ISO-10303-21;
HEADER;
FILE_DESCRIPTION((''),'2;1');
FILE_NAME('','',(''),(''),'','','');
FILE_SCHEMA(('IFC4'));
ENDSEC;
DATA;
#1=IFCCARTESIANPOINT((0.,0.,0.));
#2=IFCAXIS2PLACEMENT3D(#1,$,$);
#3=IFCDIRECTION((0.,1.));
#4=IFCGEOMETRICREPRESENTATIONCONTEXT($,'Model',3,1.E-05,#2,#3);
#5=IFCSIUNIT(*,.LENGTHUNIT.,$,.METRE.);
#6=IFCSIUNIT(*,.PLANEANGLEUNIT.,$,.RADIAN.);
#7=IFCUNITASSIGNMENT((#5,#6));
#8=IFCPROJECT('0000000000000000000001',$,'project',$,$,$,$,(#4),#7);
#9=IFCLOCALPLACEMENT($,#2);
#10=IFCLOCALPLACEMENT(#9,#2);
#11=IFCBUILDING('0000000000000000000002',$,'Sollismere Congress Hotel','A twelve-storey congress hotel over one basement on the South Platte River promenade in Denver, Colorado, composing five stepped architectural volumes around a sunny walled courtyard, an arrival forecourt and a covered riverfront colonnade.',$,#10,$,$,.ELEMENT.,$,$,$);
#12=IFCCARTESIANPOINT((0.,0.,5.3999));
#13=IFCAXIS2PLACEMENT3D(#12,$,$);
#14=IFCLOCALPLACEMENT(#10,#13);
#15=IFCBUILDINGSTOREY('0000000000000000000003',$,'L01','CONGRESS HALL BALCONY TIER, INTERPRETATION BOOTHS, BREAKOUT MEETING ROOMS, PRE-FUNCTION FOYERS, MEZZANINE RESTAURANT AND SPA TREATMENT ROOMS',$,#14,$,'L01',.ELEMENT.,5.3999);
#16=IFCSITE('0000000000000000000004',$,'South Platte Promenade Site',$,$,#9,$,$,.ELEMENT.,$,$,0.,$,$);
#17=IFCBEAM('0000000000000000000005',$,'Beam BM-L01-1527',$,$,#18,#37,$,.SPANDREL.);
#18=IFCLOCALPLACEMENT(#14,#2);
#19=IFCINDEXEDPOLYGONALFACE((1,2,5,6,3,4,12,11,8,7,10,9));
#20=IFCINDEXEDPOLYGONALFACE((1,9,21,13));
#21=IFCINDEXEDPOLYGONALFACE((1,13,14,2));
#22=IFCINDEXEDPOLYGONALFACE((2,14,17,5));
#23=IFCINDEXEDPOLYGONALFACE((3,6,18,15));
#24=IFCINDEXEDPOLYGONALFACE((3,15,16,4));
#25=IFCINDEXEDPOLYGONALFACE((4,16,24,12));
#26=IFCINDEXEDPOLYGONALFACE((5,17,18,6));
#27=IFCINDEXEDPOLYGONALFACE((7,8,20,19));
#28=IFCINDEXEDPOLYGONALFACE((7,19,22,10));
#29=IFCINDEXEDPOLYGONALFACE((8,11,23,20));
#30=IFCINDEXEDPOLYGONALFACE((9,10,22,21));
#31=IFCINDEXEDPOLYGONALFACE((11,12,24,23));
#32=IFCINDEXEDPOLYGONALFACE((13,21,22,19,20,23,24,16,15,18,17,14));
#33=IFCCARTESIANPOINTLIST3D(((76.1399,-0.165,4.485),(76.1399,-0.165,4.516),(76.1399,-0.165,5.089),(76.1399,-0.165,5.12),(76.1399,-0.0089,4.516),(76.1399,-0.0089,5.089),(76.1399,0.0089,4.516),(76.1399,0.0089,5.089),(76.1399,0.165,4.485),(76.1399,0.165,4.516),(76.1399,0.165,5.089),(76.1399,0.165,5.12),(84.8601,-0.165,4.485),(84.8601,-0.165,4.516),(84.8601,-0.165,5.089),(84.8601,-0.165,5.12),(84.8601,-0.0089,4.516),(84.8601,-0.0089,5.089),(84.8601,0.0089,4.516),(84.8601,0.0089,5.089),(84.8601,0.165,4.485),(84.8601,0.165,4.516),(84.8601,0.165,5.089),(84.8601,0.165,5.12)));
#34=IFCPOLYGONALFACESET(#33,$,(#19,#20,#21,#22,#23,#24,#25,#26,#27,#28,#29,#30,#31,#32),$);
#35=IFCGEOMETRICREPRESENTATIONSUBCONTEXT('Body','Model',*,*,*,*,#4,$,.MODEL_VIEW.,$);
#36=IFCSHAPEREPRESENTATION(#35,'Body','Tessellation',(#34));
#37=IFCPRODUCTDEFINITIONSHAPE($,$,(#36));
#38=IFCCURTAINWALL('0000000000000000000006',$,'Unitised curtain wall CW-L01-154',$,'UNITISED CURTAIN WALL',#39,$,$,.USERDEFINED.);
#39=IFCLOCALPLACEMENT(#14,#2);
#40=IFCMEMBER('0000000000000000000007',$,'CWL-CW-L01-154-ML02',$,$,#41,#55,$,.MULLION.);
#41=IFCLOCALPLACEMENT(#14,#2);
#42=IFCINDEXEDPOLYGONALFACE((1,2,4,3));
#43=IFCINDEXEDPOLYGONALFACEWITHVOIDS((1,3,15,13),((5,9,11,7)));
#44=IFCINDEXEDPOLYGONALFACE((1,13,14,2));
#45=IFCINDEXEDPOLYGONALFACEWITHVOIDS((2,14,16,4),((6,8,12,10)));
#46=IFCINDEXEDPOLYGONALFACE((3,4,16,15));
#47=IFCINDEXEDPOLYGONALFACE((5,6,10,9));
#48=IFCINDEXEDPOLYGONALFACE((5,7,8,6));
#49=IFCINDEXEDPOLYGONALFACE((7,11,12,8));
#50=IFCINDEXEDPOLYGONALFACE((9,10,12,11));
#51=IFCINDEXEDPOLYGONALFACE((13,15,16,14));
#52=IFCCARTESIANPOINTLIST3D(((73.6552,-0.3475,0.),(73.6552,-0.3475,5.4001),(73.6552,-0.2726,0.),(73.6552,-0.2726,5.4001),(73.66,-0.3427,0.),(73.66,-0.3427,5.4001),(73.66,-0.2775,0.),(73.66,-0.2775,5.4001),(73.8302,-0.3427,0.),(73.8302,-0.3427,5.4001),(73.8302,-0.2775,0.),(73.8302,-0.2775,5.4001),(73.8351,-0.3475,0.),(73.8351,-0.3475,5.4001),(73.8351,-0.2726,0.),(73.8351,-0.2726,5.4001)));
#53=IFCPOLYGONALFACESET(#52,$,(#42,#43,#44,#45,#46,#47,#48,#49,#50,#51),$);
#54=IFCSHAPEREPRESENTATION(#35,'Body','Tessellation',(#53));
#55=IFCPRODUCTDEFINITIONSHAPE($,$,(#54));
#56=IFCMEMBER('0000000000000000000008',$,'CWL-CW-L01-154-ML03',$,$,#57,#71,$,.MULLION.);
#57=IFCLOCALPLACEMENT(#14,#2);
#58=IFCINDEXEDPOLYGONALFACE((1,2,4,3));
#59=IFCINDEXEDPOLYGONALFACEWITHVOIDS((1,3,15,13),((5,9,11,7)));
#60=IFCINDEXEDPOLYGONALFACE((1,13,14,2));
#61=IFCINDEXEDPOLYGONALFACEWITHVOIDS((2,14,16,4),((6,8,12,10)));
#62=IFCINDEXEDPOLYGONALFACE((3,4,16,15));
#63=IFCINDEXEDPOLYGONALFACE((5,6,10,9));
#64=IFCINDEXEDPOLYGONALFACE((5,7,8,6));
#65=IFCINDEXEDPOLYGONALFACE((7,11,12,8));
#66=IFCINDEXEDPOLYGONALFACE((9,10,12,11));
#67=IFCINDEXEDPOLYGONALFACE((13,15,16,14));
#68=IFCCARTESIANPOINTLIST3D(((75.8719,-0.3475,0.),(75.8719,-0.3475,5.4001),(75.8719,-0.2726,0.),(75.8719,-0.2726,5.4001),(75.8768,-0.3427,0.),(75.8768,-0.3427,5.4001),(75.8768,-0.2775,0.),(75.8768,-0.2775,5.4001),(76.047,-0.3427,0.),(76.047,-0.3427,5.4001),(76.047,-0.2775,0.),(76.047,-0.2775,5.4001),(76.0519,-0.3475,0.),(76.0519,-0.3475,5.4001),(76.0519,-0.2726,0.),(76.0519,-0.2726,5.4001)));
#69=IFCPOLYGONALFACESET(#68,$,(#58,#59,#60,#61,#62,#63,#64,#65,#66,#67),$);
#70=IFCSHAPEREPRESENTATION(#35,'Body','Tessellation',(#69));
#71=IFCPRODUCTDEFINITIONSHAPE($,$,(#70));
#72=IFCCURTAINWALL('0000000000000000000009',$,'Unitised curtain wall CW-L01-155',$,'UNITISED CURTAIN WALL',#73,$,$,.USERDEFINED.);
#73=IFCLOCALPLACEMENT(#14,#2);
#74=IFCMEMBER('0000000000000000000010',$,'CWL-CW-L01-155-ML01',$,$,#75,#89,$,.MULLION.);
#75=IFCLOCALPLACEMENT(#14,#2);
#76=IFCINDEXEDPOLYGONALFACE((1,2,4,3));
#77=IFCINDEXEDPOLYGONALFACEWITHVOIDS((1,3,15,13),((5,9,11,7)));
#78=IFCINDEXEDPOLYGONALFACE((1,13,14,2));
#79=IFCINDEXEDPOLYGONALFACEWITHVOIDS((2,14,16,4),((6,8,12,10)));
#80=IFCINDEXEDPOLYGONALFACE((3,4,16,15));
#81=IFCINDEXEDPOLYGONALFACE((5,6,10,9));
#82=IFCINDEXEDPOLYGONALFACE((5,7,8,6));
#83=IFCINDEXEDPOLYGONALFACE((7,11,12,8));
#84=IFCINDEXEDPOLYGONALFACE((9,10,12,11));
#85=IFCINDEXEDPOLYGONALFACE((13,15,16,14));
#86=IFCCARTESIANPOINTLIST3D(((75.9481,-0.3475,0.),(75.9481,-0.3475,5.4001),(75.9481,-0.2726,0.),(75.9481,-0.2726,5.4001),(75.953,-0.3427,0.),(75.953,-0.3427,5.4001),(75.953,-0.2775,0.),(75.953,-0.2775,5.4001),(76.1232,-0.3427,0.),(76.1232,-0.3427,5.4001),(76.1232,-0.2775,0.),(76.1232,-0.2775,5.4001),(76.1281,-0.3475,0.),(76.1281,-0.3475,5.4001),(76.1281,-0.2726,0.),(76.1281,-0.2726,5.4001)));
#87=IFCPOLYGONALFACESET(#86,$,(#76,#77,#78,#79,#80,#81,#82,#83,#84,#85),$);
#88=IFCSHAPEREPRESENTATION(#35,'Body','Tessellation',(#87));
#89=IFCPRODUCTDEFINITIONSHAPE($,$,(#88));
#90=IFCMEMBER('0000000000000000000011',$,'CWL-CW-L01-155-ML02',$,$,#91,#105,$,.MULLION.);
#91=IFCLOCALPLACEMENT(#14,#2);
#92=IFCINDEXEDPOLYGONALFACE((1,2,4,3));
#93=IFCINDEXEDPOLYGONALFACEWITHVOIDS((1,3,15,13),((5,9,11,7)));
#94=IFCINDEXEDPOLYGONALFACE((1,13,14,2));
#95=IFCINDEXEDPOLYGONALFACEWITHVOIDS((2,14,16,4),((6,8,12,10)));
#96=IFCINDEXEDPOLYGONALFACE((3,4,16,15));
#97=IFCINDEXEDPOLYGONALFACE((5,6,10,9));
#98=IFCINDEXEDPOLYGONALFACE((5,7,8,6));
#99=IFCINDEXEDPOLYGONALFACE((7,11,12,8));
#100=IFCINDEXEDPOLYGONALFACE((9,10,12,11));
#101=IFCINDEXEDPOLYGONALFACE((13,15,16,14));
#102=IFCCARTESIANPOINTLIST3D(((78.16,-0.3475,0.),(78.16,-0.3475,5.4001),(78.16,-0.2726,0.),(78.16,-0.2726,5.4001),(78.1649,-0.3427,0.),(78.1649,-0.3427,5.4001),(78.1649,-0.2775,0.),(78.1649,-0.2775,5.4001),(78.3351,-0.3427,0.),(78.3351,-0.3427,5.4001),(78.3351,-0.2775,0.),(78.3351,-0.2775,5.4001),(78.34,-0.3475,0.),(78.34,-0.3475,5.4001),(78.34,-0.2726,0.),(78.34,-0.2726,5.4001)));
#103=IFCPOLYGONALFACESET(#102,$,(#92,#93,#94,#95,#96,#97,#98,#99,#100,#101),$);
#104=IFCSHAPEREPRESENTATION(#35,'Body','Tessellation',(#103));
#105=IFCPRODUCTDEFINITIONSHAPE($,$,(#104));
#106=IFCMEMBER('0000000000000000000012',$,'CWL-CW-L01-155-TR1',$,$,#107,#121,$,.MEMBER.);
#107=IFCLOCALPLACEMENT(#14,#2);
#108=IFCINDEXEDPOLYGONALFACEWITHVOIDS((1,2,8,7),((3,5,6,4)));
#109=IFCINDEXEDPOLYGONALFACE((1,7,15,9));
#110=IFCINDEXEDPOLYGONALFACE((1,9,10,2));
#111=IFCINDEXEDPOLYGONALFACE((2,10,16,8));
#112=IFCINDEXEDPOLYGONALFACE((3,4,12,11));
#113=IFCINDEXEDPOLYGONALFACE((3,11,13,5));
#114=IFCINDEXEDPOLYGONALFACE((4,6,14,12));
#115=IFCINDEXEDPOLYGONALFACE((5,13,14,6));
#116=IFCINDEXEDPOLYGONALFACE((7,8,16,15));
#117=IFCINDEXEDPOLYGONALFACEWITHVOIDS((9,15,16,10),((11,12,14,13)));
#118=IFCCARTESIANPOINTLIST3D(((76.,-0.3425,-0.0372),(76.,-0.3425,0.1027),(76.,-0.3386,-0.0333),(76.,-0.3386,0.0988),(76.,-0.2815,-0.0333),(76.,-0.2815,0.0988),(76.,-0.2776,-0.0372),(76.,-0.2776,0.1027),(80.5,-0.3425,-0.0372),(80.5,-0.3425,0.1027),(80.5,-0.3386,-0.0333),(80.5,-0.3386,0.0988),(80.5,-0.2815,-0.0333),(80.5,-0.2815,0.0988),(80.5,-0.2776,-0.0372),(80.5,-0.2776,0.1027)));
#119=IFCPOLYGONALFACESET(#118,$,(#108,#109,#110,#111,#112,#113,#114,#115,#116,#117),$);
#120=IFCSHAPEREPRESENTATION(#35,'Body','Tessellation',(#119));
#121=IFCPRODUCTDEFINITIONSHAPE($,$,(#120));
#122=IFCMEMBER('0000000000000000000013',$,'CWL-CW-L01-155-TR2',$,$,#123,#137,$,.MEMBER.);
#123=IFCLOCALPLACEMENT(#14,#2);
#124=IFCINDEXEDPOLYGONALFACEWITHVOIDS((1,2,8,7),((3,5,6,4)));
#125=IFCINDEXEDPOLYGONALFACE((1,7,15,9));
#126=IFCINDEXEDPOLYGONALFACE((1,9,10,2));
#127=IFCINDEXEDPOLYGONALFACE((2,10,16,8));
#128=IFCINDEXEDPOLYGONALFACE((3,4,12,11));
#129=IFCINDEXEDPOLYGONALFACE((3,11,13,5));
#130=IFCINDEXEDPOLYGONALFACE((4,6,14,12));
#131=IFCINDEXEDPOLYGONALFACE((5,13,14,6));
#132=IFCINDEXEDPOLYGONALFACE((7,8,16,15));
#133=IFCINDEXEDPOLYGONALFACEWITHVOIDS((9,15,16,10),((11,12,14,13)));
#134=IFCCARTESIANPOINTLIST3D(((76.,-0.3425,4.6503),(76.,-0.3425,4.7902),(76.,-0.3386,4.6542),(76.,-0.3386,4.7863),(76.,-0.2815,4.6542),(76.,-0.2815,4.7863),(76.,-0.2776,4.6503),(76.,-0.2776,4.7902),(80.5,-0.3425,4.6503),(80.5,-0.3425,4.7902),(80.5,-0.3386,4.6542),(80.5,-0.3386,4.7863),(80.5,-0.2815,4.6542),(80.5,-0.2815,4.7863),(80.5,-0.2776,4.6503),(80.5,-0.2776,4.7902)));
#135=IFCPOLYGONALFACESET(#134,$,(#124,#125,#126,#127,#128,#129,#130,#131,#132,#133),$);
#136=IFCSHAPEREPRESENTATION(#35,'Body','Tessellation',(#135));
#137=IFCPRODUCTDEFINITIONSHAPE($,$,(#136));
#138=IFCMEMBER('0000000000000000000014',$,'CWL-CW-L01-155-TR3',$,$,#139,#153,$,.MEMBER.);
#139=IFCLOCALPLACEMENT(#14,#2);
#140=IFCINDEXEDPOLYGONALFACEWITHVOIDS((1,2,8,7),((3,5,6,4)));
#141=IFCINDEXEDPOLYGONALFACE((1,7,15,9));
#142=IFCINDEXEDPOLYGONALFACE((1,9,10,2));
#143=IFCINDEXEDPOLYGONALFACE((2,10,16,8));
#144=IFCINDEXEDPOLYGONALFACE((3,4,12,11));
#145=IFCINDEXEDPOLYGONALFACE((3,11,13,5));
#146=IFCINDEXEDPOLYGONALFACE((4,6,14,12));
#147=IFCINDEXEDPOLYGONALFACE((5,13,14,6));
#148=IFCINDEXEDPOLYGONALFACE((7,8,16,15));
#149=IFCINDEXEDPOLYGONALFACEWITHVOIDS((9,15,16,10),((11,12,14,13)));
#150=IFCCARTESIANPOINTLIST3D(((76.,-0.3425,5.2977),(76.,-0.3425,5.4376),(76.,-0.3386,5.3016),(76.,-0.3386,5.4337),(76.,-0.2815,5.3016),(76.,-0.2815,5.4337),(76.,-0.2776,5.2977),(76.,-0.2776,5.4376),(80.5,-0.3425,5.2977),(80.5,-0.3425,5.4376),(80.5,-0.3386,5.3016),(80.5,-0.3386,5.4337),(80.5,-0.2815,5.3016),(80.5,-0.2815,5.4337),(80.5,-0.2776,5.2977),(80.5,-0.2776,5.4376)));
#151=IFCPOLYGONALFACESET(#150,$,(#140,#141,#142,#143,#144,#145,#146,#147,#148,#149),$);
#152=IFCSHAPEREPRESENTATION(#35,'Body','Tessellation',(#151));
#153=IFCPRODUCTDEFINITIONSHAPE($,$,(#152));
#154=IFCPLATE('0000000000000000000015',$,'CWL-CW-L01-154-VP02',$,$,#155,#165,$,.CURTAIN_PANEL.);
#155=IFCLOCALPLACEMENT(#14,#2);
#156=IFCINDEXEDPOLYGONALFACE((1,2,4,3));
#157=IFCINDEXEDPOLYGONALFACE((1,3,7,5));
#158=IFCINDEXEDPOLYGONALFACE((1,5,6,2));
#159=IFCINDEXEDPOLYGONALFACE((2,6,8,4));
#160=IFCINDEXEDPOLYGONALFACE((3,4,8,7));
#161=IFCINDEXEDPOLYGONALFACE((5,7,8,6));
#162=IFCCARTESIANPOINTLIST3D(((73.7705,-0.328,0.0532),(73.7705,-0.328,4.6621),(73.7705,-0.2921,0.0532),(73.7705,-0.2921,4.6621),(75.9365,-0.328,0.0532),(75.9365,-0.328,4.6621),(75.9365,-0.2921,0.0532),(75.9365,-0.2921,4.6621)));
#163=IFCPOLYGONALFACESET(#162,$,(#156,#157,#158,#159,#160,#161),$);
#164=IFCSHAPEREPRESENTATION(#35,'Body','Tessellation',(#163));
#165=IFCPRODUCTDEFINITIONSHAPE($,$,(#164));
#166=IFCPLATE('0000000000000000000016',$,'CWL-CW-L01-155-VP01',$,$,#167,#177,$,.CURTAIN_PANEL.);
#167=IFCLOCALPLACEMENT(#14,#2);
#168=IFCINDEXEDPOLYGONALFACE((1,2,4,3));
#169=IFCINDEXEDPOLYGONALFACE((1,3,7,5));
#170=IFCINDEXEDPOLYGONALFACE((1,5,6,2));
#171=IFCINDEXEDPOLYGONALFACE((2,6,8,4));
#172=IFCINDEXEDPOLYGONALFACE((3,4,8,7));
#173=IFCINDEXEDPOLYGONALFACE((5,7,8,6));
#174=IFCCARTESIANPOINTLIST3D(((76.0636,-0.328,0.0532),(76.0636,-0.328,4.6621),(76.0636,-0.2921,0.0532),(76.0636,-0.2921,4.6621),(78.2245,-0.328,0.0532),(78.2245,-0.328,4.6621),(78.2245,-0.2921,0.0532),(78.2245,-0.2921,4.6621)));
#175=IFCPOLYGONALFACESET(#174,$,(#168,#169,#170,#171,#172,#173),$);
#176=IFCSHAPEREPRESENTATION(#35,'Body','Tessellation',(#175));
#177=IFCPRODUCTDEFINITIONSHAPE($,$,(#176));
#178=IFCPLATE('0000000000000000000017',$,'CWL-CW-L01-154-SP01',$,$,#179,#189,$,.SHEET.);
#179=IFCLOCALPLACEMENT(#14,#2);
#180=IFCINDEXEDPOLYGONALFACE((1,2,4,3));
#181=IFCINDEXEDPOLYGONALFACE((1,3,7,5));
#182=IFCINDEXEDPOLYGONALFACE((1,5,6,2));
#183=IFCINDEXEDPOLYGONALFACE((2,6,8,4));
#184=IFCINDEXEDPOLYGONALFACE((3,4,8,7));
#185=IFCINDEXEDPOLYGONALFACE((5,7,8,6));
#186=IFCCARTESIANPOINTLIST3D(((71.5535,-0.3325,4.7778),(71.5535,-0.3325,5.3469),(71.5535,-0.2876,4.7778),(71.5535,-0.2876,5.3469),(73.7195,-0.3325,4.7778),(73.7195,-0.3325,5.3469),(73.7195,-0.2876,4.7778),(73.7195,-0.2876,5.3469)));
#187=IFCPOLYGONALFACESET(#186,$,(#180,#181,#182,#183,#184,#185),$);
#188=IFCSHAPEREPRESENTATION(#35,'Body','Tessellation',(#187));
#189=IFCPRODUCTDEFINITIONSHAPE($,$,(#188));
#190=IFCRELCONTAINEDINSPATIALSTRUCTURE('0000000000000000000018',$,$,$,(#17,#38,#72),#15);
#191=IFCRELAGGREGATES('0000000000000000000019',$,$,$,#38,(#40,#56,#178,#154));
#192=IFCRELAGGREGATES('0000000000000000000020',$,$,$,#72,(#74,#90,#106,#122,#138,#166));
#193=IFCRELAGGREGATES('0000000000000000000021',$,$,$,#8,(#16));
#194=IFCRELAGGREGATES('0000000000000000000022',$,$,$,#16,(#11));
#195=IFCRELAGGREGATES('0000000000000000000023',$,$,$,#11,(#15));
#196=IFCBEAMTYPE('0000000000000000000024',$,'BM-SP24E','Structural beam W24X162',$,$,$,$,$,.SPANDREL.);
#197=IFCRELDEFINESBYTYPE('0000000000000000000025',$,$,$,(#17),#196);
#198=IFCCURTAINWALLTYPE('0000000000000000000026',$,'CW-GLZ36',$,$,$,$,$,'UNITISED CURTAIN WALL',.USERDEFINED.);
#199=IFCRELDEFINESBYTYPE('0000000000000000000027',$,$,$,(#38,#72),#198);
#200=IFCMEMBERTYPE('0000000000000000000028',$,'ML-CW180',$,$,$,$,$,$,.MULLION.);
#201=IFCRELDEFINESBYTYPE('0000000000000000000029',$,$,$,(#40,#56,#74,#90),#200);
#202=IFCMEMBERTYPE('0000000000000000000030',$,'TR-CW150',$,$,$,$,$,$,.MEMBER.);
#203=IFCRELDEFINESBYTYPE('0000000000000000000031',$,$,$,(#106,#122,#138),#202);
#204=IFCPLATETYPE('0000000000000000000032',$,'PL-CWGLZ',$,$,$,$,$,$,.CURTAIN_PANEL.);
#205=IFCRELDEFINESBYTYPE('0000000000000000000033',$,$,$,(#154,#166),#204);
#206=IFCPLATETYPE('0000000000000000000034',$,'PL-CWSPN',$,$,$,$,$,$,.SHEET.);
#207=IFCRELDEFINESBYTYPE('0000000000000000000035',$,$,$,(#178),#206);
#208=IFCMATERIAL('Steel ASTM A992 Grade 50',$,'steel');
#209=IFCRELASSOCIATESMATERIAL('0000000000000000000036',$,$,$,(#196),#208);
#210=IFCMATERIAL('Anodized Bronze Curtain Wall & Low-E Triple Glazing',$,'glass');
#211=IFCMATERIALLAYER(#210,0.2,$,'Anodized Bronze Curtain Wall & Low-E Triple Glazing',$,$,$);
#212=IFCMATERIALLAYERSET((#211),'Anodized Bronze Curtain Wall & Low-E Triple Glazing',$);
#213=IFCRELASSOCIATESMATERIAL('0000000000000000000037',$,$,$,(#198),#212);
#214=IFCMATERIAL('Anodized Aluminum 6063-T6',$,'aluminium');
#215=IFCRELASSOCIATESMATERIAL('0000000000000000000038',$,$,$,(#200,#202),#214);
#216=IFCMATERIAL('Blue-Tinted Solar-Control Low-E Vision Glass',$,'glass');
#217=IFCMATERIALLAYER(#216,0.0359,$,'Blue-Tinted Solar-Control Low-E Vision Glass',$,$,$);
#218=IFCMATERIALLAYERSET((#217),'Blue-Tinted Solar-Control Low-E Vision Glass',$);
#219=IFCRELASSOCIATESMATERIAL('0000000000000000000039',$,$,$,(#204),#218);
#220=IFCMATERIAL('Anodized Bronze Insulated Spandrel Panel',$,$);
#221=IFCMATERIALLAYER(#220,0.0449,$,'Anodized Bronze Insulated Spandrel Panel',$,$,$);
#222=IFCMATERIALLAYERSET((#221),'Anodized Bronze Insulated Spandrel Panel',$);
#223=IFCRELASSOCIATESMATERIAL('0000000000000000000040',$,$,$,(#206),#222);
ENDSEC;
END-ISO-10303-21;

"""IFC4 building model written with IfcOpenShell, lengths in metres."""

from ifc_helpers import new_model, si_unit, direction, frame, origin, origin_2d, place, context, subcontext, project, spatial, rectangle, hollow_rectangle, i_section, extrude, material, layer, layer_set, material_profile, profile_set, type_object, element, aggregate, save


model = new_model("IFC4")

# Units and contexts
model_context = context("Model", 3, precision=1e-05, world=origin(), true_north=direction((0.0, 1.0)))
body_context = subcontext(model_context, "Body", "Model", "MODEL_VIEW")
ifc_project = project(units=[si_unit("LENGTHUNIT", "METRE"), si_unit("PLANEANGLEUNIT", "RADIAN")], contexts=[model_context])

# Site, building, storey
site_placement = place(None, origin())
site = spatial("IfcSite", under=ifc_project, at=site_placement, Name="South Platte Promenade Site", CompositionType="ELEMENT", RefElevation=0.0)
building_placement = place(site_placement, origin())
building = spatial("IfcBuilding", under=site, at=building_placement, Name="Sollismere Congress Hotel", Description="A twelve-storey congress hotel over one basement on the South Platte River promenade in Denver, Colorado, composing five stepped architectural volumes around a sunny walled courtyard, an arrival forecourt and a covered riverfront colonnade.", CompositionType="ELEMENT")
storey_placement = place(building_placement, frame((0.0, 0.0, 5.3999)))
storey = spatial("IfcBuildingStorey", under=building, at=storey_placement, Name="L01", Description="CONGRESS HALL BALCONY TIER, INTERPRETATION BOOTHS, BREAKOUT MEETING ROOMS, PRE-FUNCTION FOYERS, MEZZANINE RESTAURANT AND SPA TREATMENT ROOMS", LongName="L01", CompositionType="ELEMENT", Elevation=5.3999)

# Shared definitions
ifc_material_1 = material(Name="Steel ASTM A992 Grade 50", Category="steel")

# Beam
ifc_material_profile_1 = material_profile(ifc_material_1, i_section(OverallWidth=0.3301, OverallDepth=0.635, WebThickness=0.0178, FlangeThickness=0.031, at=origin_2d()), Name="W24X162")
ifc_profile_set_1 = profile_set([ifc_material_profile_1], Name="Steel ASTM A992 Grade 50")
beam_type_1 = type_object("IfcBeamType", Name="BM-SP24E", Description="Structural beam W24X162", PredefinedType="SPANDREL", material=ifc_profile_set_1)
beam_1_placement = place(storey_placement, frame((76.1399, 0.0, 4.8025), z_axis=(1.0, 0.0, 0.0), x_axis=(0.0, 1.0, 0.0)))
element("IfcBeam", 1, at=beam_1_placement, inside=storey, type_object=beam_type_1, Name="Beam BM-L01-1527", PredefinedType="SPANDREL", context=body_context, shape_type="SweptSolid", body=[
    extrude(i_section(OverallWidth=0.3301, OverallDepth=0.635, WebThickness=0.0178, FlangeThickness=0.031, at=origin_2d()), origin(), (0.0, 0.0, 1.0), 8.7202),
])

# Curtain walls, members
ifc_material_2 = material(Name="Anodized Bronze Curtain Wall & Low-E Triple Glazing", Category="glass")
ifc_layer_1 = layer(ifc_material_2, 0.2, Name="Anodized Bronze Curtain Wall & Low-E Triple Glazing")
ifc_layer_set_1 = layer_set([ifc_layer_1], Name="Anodized Bronze Curtain Wall & Low-E Triple Glazing")
curtain_wall_type = type_object("IfcCurtainWallType", Name="CW-GLZ36", ElementType="UNITISED CURTAIN WALL", PredefinedType="USERDEFINED", material=ifc_layer_set_1)
curtain_wall_1_placement = place(storey_placement, origin())
curtain_wall_1 = element("IfcCurtainWall", 2, at=curtain_wall_1_placement, inside=storey, type_object=curtain_wall_type, Name="Unitised curtain wall CW-L01-154", ObjectType="UNITISED CURTAIN WALL", PredefinedType="USERDEFINED")
ifc_material_3 = material(Name="Anodized Aluminum 6063-T6", Category="aluminium")
ifc_material_profile_2 = material_profile(ifc_material_3, hollow_rectangle(XDim=0.075, YDim=0.1799, WallThickness=0.0049, at=origin_2d()), Name="ALU180X75X5")
ifc_profile_set_2 = profile_set([ifc_material_profile_2], Name="Anodized Aluminum 6063-T6")
member_type_1 = type_object("IfcMemberType", Name="ML-CW180", PredefinedType="MULLION", material=ifc_profile_set_2)
member_1_placement = place(storey_placement, frame((73.7451, -0.3101, 0.0), z_axis=(0.0, 0.0, 1.0), x_axis=(0.0, 1.0, 0.0)))
member_1 = element("IfcMember", 3, at=member_1_placement, type_object=member_type_1, Name="CWL-CW-L01-154-ML02", PredefinedType="MULLION", context=body_context, shape_type="SweptSolid", body=[
    extrude(hollow_rectangle(XDim=0.075, YDim=0.1799, WallThickness=0.0049, at=origin_2d()), origin(), (0.0, 0.0, 1.0), 5.4001),
])
member_2_placement = place(storey_placement, frame((75.9619, -0.3101, 0.0), z_axis=(0.0, 0.0, 1.0), x_axis=(0.0, 1.0, 0.0)))
member_2 = element("IfcMember", 4, at=member_2_placement, type_object=member_type_1, Name="CWL-CW-L01-154-ML03", PredefinedType="MULLION", context=body_context, shape_type="SweptSolid", body=[
    extrude(hollow_rectangle(XDim=0.075, YDim=0.1799, WallThickness=0.0049, at=origin_2d()), origin(), (0.0, 0.0, 1.0), 5.4001),
])
curtain_wall_2_placement = place(storey_placement, origin())
curtain_wall_2 = element("IfcCurtainWall", 5, at=curtain_wall_2_placement, inside=storey, type_object=curtain_wall_type, Name="Unitised curtain wall CW-L01-155", ObjectType="UNITISED CURTAIN WALL", PredefinedType="USERDEFINED")
member_3_placement = place(storey_placement, frame((76.0381, -0.3101, 0.0), z_axis=(0.0, 0.0, 1.0), x_axis=(0.0, 1.0, 0.0)))
member_3 = element("IfcMember", 6, at=member_3_placement, type_object=member_type_1, Name="CWL-CW-L01-155-ML01", PredefinedType="MULLION", context=body_context, shape_type="SweptSolid", body=[
    extrude(hollow_rectangle(XDim=0.075, YDim=0.1799, WallThickness=0.0049, at=origin_2d()), origin(), (0.0, 0.0, 1.0), 5.4001),
])
member_4_placement = place(storey_placement, frame((78.25, -0.3101, 0.0), z_axis=(0.0, 0.0, 1.0), x_axis=(0.0, 1.0, 0.0)))
member_4 = element("IfcMember", 7, at=member_4_placement, type_object=member_type_1, Name="CWL-CW-L01-155-ML02", PredefinedType="MULLION", context=body_context, shape_type="SweptSolid", body=[
    extrude(hollow_rectangle(XDim=0.075, YDim=0.1799, WallThickness=0.0049, at=origin_2d()), origin(), (0.0, 0.0, 1.0), 5.4001),
])
ifc_material_profile_3 = material_profile(ifc_material_3, hollow_rectangle(XDim=0.0649, YDim=0.1399, WallThickness=0.0039, at=origin_2d()), Name="ALU140X65X4")
ifc_profile_set_3 = profile_set([ifc_material_profile_3], Name="Anodized Aluminum 6063-T6")
member_type_2 = type_object("IfcMemberType", Name="TR-CW150", PredefinedType="MEMBER", material=ifc_profile_set_3)
member_5_placement = place(storey_placement, frame((76.0, -0.3101, 0.0327), z_axis=(1.0, 0.0, 0.0), x_axis=(0.0, 1.0, 0.0)))
member_5 = element("IfcMember", 8, at=member_5_placement, type_object=member_type_2, Name="CWL-CW-L01-155-TR1", PredefinedType="MEMBER", context=body_context, shape_type="SweptSolid", body=[
    extrude(hollow_rectangle(XDim=0.0649, YDim=0.1399, WallThickness=0.0039, at=origin_2d()), origin(), (0.0, 0.0, 1.0), 4.5),
])
member_6_placement = place(storey_placement, frame((76.0, -0.3101, 4.7202), z_axis=(1.0, 0.0, 0.0), x_axis=(0.0, 1.0, 0.0)))
member_6 = element("IfcMember", 9, at=member_6_placement, type_object=member_type_2, Name="CWL-CW-L01-155-TR2", PredefinedType="MEMBER", context=body_context, shape_type="SweptSolid", body=[
    extrude(hollow_rectangle(XDim=0.0649, YDim=0.1399, WallThickness=0.0039, at=origin_2d()), origin(), (0.0, 0.0, 1.0), 4.5),
])
member_7_placement = place(storey_placement, frame((76.0, -0.3101, 5.3677), z_axis=(1.0, 0.0, 0.0), x_axis=(0.0, 1.0, 0.0)))
member_7 = element("IfcMember", 10, at=member_7_placement, type_object=member_type_2, Name="CWL-CW-L01-155-TR3", PredefinedType="MEMBER", context=body_context, shape_type="SweptSolid", body=[
    extrude(hollow_rectangle(XDim=0.0649, YDim=0.1399, WallThickness=0.0039, at=origin_2d()), origin(), (0.0, 0.0, 1.0), 4.5),
])

# Plates
ifc_material_4 = material(Name="Blue-Tinted Solar-Control Low-E Vision Glass", Category="glass")
ifc_layer_2 = layer(ifc_material_4, 0.0359, Name="Blue-Tinted Solar-Control Low-E Vision Glass")
ifc_layer_set_2 = layer_set([ifc_layer_2], Name="Blue-Tinted Solar-Control Low-E Vision Glass")
plate_type_1 = type_object("IfcPlateType", Name="PL-CWGLZ", PredefinedType="CURTAIN_PANEL", material=ifc_layer_set_2)
plate_1_placement = place(storey_placement, frame((74.8535, -0.3101, 0.0532), z_axis=(0.0, 0.0, 1.0), x_axis=(1.0, 0.0, 0.0)))
plate_1 = element("IfcPlate", 11, at=plate_1_placement, type_object=plate_type_1, Name="CWL-CW-L01-154-VP02", PredefinedType="CURTAIN_PANEL", context=body_context, shape_type="SweptSolid", body=[
    extrude(rectangle(XDim=2.166, YDim=0.0359, at=origin_2d()), origin(), (0.0, 0.0, 1.0), 4.6089),
])
plate_2_placement = place(storey_placement, frame((77.144, -0.3101, 0.0532), z_axis=(0.0, 0.0, 1.0), x_axis=(1.0, 0.0, 0.0)))
plate_2 = element("IfcPlate", 12, at=plate_2_placement, type_object=plate_type_1, Name="CWL-CW-L01-155-VP01", PredefinedType="CURTAIN_PANEL", context=body_context, shape_type="SweptSolid", body=[
    extrude(rectangle(XDim=2.1609, YDim=0.0359, at=origin_2d()), origin(), (0.0, 0.0, 1.0), 4.6089),
])
ifc_material_5 = material(Name="Anodized Bronze Insulated Spandrel Panel")
ifc_layer_3 = layer(ifc_material_5, 0.0449, Name="Anodized Bronze Insulated Spandrel Panel")
ifc_layer_set_3 = layer_set([ifc_layer_3], Name="Anodized Bronze Insulated Spandrel Panel")
plate_type_2 = type_object("IfcPlateType", Name="PL-CWSPN", PredefinedType="SHEET", material=ifc_layer_set_3)
plate_3_placement = place(storey_placement, frame((72.6365, -0.3101, 4.7778), z_axis=(0.0, 0.0, 1.0), x_axis=(1.0, 0.0, 0.0)))
plate_3 = element("IfcPlate", 13, at=plate_3_placement, type_object=plate_type_2, Name="CWL-CW-L01-154-SP01", PredefinedType="SHEET", context=body_context, shape_type="SweptSolid", body=[
    extrude(rectangle(XDim=2.166, YDim=0.0449, at=origin_2d()), origin(), (0.0, 0.0, 1.0), 0.5691),
])
aggregate(curtain_wall_1, [member_1, member_2, plate_3, plate_1])
aggregate(curtain_wall_2, [member_3, member_4, member_5, member_6, member_7, plate_2])

save(model, "model.ifc")
